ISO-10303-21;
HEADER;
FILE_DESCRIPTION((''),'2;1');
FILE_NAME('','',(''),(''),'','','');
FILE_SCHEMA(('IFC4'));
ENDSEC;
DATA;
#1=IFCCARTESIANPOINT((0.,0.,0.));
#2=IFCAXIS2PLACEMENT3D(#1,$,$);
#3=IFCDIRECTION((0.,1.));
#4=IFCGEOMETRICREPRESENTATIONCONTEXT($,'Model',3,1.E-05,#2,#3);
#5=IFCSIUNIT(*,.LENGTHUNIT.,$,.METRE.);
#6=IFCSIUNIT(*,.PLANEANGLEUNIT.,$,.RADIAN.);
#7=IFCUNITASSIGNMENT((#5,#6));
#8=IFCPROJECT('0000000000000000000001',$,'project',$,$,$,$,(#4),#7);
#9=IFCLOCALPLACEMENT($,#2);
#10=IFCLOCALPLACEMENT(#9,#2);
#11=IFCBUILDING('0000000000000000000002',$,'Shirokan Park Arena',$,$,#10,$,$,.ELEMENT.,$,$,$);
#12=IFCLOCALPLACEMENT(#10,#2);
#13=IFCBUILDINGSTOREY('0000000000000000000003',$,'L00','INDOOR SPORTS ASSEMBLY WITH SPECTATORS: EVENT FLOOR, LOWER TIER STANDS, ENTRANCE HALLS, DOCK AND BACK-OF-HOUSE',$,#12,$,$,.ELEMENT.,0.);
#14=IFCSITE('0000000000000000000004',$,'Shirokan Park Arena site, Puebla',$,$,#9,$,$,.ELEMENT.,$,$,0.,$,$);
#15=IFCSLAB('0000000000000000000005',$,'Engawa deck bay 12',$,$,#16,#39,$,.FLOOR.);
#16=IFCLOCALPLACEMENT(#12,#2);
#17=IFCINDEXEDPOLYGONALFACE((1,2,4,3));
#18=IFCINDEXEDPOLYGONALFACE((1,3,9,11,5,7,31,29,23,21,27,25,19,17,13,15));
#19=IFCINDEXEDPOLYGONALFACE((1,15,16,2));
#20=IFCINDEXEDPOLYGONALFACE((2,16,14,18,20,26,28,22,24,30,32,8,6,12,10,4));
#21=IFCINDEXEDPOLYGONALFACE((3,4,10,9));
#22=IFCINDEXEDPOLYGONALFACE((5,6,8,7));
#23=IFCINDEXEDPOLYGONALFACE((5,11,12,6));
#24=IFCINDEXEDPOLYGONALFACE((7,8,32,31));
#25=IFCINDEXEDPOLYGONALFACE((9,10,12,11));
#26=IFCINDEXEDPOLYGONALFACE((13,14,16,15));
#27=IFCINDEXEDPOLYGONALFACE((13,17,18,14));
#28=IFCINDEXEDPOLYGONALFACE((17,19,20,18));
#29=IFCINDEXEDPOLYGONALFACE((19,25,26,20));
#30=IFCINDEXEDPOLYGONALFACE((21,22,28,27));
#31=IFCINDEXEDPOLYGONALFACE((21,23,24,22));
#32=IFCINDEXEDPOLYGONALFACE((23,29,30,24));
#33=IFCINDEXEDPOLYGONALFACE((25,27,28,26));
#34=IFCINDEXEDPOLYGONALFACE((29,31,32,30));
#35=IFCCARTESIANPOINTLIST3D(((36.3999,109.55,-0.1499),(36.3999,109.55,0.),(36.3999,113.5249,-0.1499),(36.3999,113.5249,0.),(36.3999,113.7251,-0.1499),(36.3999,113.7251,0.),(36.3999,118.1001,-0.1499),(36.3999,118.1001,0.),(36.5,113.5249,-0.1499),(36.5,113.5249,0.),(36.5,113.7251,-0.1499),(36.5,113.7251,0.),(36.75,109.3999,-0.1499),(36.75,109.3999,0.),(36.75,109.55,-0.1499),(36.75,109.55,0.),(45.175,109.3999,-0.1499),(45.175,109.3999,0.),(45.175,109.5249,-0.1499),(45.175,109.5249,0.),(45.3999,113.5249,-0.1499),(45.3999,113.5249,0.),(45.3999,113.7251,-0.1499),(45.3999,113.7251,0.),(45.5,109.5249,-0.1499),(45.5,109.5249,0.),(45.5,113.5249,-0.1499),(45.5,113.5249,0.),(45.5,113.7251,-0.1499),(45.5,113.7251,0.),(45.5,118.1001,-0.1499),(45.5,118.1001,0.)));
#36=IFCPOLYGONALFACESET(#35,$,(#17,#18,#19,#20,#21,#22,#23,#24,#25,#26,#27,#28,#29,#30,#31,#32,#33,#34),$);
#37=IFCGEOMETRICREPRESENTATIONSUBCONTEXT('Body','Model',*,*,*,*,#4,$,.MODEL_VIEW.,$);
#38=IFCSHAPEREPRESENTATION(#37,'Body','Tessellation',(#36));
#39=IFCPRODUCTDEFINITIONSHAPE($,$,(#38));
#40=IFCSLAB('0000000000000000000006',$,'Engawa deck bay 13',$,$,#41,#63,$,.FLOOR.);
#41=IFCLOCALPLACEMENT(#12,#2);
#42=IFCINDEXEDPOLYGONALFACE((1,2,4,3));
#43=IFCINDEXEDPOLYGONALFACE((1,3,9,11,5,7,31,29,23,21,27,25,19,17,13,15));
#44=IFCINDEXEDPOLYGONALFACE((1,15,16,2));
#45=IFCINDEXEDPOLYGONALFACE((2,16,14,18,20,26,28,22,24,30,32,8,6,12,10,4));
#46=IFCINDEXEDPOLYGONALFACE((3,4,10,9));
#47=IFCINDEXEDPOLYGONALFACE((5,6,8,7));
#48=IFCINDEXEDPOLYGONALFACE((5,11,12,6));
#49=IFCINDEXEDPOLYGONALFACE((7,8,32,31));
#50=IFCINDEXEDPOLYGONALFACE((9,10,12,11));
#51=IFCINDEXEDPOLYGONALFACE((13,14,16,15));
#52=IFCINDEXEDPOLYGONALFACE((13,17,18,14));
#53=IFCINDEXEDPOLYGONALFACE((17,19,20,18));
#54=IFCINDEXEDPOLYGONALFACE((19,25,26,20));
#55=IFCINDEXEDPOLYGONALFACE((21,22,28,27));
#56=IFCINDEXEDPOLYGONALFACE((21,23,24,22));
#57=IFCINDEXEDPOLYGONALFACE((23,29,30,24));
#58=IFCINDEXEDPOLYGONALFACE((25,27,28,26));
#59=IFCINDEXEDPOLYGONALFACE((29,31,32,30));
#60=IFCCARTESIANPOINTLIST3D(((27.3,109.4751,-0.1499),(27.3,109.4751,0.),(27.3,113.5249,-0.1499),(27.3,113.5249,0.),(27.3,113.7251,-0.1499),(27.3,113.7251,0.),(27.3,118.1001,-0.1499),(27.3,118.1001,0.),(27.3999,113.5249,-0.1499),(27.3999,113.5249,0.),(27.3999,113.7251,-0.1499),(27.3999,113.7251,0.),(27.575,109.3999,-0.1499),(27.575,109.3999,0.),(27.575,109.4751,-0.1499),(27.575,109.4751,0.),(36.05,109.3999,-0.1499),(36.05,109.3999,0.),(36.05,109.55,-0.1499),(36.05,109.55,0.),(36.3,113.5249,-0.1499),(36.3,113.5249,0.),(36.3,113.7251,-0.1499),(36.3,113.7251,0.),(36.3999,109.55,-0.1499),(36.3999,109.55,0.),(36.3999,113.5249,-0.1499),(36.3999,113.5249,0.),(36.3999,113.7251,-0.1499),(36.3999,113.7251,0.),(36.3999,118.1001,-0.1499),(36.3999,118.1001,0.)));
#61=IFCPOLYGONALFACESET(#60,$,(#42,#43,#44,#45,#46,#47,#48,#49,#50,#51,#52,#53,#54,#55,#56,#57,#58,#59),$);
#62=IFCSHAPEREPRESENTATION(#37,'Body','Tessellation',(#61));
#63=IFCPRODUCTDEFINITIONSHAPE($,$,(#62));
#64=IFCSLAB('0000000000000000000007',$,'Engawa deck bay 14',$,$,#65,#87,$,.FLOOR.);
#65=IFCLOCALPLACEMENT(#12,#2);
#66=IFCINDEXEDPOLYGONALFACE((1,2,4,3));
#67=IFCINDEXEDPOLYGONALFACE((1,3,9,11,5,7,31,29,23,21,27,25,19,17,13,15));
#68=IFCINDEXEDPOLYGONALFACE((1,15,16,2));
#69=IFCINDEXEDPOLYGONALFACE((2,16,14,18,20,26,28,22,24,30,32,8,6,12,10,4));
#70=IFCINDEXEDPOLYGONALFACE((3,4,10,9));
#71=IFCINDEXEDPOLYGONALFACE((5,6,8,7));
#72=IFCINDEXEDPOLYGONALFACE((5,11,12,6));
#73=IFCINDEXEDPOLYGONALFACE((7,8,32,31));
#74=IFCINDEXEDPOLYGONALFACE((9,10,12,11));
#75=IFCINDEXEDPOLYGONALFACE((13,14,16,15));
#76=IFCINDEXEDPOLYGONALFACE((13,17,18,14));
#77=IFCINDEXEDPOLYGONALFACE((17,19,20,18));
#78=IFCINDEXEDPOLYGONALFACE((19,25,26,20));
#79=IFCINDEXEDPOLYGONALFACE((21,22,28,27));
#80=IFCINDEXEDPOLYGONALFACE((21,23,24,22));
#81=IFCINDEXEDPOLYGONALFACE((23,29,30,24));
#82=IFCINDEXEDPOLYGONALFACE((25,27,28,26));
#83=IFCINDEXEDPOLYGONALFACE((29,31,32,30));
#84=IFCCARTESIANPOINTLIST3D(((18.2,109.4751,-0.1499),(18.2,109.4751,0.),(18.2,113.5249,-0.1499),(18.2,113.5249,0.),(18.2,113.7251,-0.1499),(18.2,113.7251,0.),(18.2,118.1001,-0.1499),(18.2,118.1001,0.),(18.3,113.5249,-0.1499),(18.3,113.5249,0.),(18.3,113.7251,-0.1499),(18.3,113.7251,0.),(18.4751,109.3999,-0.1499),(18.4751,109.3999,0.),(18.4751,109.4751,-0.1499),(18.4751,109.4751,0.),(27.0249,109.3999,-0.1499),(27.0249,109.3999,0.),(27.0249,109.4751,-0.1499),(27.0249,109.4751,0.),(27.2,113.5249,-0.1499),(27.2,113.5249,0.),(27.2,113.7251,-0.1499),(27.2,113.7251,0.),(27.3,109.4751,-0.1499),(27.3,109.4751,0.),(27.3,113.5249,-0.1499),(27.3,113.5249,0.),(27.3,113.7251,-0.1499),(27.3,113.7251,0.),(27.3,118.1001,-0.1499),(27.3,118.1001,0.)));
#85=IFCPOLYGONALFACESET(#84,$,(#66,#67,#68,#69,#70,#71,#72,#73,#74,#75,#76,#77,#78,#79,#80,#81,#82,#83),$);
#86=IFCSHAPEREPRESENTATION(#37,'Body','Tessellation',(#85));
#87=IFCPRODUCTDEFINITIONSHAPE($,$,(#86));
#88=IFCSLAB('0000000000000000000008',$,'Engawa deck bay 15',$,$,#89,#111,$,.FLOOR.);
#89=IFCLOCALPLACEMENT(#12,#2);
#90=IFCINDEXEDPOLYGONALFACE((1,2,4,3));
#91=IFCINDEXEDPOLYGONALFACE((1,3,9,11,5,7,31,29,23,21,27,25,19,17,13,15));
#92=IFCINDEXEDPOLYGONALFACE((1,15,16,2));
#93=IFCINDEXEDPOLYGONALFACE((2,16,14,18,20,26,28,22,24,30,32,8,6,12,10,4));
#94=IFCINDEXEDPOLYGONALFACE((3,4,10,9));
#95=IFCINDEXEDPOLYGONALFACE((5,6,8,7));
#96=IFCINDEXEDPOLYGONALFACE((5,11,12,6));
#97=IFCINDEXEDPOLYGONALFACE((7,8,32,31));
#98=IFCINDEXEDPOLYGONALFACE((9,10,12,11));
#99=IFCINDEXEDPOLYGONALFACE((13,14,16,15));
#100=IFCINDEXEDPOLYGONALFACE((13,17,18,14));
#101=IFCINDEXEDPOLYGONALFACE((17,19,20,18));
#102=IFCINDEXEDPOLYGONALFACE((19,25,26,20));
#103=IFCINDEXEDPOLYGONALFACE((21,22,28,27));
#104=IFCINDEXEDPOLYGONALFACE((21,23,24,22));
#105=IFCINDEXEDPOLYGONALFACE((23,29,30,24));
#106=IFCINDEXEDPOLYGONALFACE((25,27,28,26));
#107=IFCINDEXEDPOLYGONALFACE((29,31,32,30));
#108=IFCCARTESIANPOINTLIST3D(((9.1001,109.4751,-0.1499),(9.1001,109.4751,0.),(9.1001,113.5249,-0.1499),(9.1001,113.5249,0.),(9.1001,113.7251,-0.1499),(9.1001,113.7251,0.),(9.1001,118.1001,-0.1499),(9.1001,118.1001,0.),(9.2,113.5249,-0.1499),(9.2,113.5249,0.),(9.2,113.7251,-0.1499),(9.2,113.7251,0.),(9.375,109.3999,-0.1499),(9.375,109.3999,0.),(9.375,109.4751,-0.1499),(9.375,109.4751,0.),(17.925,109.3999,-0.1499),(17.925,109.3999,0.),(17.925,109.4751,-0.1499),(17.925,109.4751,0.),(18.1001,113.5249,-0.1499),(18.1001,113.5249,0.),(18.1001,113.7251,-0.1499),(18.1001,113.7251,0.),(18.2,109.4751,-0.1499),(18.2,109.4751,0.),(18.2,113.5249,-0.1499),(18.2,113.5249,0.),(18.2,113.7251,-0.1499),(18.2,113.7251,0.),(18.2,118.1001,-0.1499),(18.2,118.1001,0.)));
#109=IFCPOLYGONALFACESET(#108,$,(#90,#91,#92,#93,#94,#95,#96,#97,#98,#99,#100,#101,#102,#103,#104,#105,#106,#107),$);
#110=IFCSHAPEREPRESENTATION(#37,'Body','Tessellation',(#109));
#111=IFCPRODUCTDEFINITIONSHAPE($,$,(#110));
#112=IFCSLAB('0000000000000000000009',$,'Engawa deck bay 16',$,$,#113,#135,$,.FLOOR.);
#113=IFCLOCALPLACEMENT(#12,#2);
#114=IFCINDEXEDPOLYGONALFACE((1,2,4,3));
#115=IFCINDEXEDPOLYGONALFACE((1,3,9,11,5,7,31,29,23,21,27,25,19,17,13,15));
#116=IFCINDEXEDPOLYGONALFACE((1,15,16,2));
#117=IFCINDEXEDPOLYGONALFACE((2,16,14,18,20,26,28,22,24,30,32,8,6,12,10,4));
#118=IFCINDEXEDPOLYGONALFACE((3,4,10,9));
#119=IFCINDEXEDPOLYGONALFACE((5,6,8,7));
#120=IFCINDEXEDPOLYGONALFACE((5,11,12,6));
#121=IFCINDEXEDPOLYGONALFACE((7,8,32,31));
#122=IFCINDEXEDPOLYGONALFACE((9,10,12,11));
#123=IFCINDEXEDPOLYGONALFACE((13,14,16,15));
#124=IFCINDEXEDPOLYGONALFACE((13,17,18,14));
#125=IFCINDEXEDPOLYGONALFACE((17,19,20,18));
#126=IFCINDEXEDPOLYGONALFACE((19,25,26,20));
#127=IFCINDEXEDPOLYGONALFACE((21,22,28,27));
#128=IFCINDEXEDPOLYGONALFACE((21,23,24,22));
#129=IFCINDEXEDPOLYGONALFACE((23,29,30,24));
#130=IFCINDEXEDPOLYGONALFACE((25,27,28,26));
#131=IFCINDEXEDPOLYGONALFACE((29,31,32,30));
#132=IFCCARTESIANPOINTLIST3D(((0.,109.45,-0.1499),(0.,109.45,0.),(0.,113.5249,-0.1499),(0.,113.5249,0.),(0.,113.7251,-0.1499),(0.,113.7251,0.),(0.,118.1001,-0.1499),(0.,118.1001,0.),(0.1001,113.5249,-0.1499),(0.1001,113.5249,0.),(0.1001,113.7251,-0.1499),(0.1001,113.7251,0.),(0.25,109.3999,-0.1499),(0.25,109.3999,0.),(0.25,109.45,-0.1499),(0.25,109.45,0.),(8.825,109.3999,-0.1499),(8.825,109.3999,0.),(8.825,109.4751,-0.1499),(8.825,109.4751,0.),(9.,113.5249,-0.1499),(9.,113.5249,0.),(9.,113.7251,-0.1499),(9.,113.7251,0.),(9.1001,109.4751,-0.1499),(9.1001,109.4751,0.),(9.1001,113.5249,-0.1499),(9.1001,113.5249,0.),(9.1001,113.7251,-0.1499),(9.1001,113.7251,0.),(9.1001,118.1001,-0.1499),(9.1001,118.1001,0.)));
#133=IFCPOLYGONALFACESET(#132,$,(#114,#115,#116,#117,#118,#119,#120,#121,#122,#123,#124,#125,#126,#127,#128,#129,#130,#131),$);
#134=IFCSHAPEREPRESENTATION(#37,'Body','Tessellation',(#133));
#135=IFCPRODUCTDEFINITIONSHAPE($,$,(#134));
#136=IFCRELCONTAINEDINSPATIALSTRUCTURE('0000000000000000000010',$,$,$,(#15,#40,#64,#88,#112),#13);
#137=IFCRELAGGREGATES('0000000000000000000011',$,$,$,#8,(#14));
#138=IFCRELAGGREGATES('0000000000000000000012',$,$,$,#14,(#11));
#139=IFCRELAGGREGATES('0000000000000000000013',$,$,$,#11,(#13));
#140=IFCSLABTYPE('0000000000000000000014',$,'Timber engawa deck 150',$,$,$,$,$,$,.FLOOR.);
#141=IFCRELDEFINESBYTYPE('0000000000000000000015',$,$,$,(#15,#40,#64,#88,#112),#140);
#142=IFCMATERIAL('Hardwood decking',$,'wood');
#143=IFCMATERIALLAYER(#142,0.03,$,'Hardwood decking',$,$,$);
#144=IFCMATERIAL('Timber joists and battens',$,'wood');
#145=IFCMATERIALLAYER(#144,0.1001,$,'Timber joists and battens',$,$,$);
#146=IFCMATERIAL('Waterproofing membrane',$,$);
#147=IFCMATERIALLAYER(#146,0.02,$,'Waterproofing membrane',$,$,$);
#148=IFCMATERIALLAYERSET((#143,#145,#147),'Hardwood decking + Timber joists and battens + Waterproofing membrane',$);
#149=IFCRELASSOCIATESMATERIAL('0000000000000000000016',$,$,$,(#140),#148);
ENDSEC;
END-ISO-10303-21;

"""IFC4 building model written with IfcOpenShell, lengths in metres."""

from ifc_helpers import new_model, si_unit, direction, frame, origin, place, context, subcontext, project, spatial, polyline, outline, extrude, material, layer, layer_set, type_object, element, save


model = new_model("IFC4")

# Units and contexts
model_context = context("Model", 3, precision=1e-05, world=origin(), true_north=direction((0.0, 1.0)))
body_context = subcontext(model_context, "Body", "Model", "MODEL_VIEW")
ifc_project = project(units=[si_unit("LENGTHUNIT", "METRE"), si_unit("PLANEANGLEUNIT", "RADIAN")], contexts=[model_context])

# Site, building, storey
site_placement = place(None, origin())
site = spatial("IfcSite", under=ifc_project, at=site_placement, Name="Shirokan Park Arena site, Puebla", CompositionType="ELEMENT", RefElevation=0.0)
building_placement = place(site_placement, origin())
building = spatial("IfcBuilding", under=site, at=building_placement, Name="Shirokan Park Arena", CompositionType="ELEMENT")
storey_placement = place(building_placement, origin())
storey = spatial("IfcBuildingStorey", under=building, at=storey_placement, Name="L00", Description="INDOOR SPORTS ASSEMBLY WITH SPECTATORS: EVENT FLOOR, LOWER TIER STANDS, ENTRANCE HALLS, DOCK AND BACK-OF-HOUSE", CompositionType="ELEMENT", Elevation=0.0)

# Slabs
ifc_material_1 = material(Name="Hardwood decking", Category="wood")
ifc_layer_1 = layer(ifc_material_1, 0.03, Name="Hardwood decking")
ifc_material_2 = material(Name="Timber joists and battens", Category="wood")
ifc_layer_2 = layer(ifc_material_2, 0.1001, Name="Timber joists and battens")
ifc_material_3 = material(Name="Waterproofing membrane")
ifc_layer_3 = layer(ifc_material_3, 0.02, Name="Waterproofing membrane")
ifc_layer_set_1 = layer_set([ifc_layer_1, ifc_layer_2, ifc_layer_3], Name="Hardwood decking + Timber joists and battens + Waterproofing membrane")
slab_type_1 = type_object("IfcSlabType", Name="Timber engawa deck 150", PredefinedType="FLOOR", material=ifc_layer_set_1)
slab_1_placement = place(storey_placement, frame((0.0, 0.0, -0.1499)))
element("IfcSlab", 1, at=slab_1_placement, inside=storey, type_object=slab_type_1, Name="Engawa deck bay 12", PredefinedType="FLOOR", context=body_context, shape_type="SweptSolid", body=[
    extrude(outline(polyline([(36.75, 109.55), (36.3999, 109.55), (36.3999, 113.5249), (36.5, 113.5249), (36.5, 113.7251), (36.3999, 113.7251), (36.3999, 118.1001), (45.5, 118.1001), (45.5, 113.7251), (45.3999, 113.7251), (45.3999, 113.5249), (45.5, 113.5249), (45.5, 109.5249), (45.175, 109.5249), (45.175, 109.3999), (36.75, 109.3999), (36.75, 109.55)])), origin(), (0.0, 0.0, 1.0), 0.1499),
])
slab_2_placement = place(storey_placement, frame((0.0, 0.0, -0.1499)))
element("IfcSlab", 2, at=slab_2_placement, inside=storey, type_object=slab_type_1, Name="Engawa deck bay 13", PredefinedType="FLOOR", context=body_context, shape_type="SweptSolid", body=[
    extrude(outline(polyline([(27.575, 109.4751), (27.3, 109.4751), (27.3, 113.5249), (27.3999, 113.5249), (27.3999, 113.7251), (27.3, 113.7251), (27.3, 118.1001), (36.3999, 118.1001), (36.3999, 113.7251), (36.3, 113.7251), (36.3, 113.5249), (36.3999, 113.5249), (36.3999, 109.55), (36.05, 109.55), (36.05, 109.3999), (27.575, 109.3999), (27.575, 109.4751)])), origin(), (0.0, 0.0, 1.0), 0.1499),
])
slab_3_placement = place(storey_placement, frame((0.0, 0.0, -0.1499)))
element("IfcSlab", 3, at=slab_3_placement, inside=storey, type_object=slab_type_1, Name="Engawa deck bay 14", PredefinedType="FLOOR", context=body_context, shape_type="SweptSolid", body=[
    extrude(outline(polyline([(18.4751, 109.4751), (18.2, 109.4751), (18.2, 113.5249), (18.3, 113.5249), (18.3, 113.7251), (18.2, 113.7251), (18.2, 118.1001), (27.3, 118.1001), (27.3, 113.7251), (27.2, 113.7251), (27.2, 113.5249), (27.3, 113.5249), (27.3, 109.4751), (27.0249, 109.4751), (27.0249, 109.3999), (18.4751, 109.3999), (18.4751, 109.4751)])), origin(), (0.0, 0.0, 1.0), 0.1499),
])
slab_4_placement = place(storey_placement, frame((0.0, 0.0, -0.1499)))
element("IfcSlab", 4, at=slab_4_placement, inside=storey, type_object=slab_type_1, Name="Engawa deck bay 15", PredefinedType="FLOOR", context=body_context, shape_type="SweptSolid", body=[
    extrude(outline(polyline([(9.375, 109.4751), (9.1001, 109.4751), (9.1001, 113.5249), (9.2, 113.5249), (9.2, 113.7251), (9.1001, 113.7251), (9.1001, 118.1001), (18.2, 118.1001), (18.2, 113.7251), (18.1001, 113.7251), (18.1001, 113.5249), (18.2, 113.5249), (18.2, 109.4751), (17.925, 109.4751), (17.925, 109.3999), (9.375, 109.3999), (9.375, 109.4751)])), origin(), (0.0, 0.0, 1.0), 0.1499),
])
slab_5_placement = place(storey_placement, frame((0.0, 0.0, -0.1499)))
element("IfcSlab", 5, at=slab_5_placement, inside=storey, type_object=slab_type_1, Name="Engawa deck bay 16", PredefinedType="FLOOR", context=body_context, shape_type="SweptSolid", body=[
    extrude(outline(polyline([(0.25, 109.45), (0.0, 109.45), (0.0, 113.5249), (0.1001, 113.5249), (0.1001, 113.7251), (0.0, 113.7251), (0.0, 118.1001), (9.1001, 118.1001), (9.1001, 113.7251), (9.0, 113.7251), (9.0, 113.5249), (9.1001, 113.5249), (9.1001, 109.4751), (8.825, 109.4751), (8.825, 109.3999), (0.25, 109.3999), (0.25, 109.45)])), origin(), (0.0, 0.0, 1.0), 0.1499),
])

save(model, "model.ifc")
